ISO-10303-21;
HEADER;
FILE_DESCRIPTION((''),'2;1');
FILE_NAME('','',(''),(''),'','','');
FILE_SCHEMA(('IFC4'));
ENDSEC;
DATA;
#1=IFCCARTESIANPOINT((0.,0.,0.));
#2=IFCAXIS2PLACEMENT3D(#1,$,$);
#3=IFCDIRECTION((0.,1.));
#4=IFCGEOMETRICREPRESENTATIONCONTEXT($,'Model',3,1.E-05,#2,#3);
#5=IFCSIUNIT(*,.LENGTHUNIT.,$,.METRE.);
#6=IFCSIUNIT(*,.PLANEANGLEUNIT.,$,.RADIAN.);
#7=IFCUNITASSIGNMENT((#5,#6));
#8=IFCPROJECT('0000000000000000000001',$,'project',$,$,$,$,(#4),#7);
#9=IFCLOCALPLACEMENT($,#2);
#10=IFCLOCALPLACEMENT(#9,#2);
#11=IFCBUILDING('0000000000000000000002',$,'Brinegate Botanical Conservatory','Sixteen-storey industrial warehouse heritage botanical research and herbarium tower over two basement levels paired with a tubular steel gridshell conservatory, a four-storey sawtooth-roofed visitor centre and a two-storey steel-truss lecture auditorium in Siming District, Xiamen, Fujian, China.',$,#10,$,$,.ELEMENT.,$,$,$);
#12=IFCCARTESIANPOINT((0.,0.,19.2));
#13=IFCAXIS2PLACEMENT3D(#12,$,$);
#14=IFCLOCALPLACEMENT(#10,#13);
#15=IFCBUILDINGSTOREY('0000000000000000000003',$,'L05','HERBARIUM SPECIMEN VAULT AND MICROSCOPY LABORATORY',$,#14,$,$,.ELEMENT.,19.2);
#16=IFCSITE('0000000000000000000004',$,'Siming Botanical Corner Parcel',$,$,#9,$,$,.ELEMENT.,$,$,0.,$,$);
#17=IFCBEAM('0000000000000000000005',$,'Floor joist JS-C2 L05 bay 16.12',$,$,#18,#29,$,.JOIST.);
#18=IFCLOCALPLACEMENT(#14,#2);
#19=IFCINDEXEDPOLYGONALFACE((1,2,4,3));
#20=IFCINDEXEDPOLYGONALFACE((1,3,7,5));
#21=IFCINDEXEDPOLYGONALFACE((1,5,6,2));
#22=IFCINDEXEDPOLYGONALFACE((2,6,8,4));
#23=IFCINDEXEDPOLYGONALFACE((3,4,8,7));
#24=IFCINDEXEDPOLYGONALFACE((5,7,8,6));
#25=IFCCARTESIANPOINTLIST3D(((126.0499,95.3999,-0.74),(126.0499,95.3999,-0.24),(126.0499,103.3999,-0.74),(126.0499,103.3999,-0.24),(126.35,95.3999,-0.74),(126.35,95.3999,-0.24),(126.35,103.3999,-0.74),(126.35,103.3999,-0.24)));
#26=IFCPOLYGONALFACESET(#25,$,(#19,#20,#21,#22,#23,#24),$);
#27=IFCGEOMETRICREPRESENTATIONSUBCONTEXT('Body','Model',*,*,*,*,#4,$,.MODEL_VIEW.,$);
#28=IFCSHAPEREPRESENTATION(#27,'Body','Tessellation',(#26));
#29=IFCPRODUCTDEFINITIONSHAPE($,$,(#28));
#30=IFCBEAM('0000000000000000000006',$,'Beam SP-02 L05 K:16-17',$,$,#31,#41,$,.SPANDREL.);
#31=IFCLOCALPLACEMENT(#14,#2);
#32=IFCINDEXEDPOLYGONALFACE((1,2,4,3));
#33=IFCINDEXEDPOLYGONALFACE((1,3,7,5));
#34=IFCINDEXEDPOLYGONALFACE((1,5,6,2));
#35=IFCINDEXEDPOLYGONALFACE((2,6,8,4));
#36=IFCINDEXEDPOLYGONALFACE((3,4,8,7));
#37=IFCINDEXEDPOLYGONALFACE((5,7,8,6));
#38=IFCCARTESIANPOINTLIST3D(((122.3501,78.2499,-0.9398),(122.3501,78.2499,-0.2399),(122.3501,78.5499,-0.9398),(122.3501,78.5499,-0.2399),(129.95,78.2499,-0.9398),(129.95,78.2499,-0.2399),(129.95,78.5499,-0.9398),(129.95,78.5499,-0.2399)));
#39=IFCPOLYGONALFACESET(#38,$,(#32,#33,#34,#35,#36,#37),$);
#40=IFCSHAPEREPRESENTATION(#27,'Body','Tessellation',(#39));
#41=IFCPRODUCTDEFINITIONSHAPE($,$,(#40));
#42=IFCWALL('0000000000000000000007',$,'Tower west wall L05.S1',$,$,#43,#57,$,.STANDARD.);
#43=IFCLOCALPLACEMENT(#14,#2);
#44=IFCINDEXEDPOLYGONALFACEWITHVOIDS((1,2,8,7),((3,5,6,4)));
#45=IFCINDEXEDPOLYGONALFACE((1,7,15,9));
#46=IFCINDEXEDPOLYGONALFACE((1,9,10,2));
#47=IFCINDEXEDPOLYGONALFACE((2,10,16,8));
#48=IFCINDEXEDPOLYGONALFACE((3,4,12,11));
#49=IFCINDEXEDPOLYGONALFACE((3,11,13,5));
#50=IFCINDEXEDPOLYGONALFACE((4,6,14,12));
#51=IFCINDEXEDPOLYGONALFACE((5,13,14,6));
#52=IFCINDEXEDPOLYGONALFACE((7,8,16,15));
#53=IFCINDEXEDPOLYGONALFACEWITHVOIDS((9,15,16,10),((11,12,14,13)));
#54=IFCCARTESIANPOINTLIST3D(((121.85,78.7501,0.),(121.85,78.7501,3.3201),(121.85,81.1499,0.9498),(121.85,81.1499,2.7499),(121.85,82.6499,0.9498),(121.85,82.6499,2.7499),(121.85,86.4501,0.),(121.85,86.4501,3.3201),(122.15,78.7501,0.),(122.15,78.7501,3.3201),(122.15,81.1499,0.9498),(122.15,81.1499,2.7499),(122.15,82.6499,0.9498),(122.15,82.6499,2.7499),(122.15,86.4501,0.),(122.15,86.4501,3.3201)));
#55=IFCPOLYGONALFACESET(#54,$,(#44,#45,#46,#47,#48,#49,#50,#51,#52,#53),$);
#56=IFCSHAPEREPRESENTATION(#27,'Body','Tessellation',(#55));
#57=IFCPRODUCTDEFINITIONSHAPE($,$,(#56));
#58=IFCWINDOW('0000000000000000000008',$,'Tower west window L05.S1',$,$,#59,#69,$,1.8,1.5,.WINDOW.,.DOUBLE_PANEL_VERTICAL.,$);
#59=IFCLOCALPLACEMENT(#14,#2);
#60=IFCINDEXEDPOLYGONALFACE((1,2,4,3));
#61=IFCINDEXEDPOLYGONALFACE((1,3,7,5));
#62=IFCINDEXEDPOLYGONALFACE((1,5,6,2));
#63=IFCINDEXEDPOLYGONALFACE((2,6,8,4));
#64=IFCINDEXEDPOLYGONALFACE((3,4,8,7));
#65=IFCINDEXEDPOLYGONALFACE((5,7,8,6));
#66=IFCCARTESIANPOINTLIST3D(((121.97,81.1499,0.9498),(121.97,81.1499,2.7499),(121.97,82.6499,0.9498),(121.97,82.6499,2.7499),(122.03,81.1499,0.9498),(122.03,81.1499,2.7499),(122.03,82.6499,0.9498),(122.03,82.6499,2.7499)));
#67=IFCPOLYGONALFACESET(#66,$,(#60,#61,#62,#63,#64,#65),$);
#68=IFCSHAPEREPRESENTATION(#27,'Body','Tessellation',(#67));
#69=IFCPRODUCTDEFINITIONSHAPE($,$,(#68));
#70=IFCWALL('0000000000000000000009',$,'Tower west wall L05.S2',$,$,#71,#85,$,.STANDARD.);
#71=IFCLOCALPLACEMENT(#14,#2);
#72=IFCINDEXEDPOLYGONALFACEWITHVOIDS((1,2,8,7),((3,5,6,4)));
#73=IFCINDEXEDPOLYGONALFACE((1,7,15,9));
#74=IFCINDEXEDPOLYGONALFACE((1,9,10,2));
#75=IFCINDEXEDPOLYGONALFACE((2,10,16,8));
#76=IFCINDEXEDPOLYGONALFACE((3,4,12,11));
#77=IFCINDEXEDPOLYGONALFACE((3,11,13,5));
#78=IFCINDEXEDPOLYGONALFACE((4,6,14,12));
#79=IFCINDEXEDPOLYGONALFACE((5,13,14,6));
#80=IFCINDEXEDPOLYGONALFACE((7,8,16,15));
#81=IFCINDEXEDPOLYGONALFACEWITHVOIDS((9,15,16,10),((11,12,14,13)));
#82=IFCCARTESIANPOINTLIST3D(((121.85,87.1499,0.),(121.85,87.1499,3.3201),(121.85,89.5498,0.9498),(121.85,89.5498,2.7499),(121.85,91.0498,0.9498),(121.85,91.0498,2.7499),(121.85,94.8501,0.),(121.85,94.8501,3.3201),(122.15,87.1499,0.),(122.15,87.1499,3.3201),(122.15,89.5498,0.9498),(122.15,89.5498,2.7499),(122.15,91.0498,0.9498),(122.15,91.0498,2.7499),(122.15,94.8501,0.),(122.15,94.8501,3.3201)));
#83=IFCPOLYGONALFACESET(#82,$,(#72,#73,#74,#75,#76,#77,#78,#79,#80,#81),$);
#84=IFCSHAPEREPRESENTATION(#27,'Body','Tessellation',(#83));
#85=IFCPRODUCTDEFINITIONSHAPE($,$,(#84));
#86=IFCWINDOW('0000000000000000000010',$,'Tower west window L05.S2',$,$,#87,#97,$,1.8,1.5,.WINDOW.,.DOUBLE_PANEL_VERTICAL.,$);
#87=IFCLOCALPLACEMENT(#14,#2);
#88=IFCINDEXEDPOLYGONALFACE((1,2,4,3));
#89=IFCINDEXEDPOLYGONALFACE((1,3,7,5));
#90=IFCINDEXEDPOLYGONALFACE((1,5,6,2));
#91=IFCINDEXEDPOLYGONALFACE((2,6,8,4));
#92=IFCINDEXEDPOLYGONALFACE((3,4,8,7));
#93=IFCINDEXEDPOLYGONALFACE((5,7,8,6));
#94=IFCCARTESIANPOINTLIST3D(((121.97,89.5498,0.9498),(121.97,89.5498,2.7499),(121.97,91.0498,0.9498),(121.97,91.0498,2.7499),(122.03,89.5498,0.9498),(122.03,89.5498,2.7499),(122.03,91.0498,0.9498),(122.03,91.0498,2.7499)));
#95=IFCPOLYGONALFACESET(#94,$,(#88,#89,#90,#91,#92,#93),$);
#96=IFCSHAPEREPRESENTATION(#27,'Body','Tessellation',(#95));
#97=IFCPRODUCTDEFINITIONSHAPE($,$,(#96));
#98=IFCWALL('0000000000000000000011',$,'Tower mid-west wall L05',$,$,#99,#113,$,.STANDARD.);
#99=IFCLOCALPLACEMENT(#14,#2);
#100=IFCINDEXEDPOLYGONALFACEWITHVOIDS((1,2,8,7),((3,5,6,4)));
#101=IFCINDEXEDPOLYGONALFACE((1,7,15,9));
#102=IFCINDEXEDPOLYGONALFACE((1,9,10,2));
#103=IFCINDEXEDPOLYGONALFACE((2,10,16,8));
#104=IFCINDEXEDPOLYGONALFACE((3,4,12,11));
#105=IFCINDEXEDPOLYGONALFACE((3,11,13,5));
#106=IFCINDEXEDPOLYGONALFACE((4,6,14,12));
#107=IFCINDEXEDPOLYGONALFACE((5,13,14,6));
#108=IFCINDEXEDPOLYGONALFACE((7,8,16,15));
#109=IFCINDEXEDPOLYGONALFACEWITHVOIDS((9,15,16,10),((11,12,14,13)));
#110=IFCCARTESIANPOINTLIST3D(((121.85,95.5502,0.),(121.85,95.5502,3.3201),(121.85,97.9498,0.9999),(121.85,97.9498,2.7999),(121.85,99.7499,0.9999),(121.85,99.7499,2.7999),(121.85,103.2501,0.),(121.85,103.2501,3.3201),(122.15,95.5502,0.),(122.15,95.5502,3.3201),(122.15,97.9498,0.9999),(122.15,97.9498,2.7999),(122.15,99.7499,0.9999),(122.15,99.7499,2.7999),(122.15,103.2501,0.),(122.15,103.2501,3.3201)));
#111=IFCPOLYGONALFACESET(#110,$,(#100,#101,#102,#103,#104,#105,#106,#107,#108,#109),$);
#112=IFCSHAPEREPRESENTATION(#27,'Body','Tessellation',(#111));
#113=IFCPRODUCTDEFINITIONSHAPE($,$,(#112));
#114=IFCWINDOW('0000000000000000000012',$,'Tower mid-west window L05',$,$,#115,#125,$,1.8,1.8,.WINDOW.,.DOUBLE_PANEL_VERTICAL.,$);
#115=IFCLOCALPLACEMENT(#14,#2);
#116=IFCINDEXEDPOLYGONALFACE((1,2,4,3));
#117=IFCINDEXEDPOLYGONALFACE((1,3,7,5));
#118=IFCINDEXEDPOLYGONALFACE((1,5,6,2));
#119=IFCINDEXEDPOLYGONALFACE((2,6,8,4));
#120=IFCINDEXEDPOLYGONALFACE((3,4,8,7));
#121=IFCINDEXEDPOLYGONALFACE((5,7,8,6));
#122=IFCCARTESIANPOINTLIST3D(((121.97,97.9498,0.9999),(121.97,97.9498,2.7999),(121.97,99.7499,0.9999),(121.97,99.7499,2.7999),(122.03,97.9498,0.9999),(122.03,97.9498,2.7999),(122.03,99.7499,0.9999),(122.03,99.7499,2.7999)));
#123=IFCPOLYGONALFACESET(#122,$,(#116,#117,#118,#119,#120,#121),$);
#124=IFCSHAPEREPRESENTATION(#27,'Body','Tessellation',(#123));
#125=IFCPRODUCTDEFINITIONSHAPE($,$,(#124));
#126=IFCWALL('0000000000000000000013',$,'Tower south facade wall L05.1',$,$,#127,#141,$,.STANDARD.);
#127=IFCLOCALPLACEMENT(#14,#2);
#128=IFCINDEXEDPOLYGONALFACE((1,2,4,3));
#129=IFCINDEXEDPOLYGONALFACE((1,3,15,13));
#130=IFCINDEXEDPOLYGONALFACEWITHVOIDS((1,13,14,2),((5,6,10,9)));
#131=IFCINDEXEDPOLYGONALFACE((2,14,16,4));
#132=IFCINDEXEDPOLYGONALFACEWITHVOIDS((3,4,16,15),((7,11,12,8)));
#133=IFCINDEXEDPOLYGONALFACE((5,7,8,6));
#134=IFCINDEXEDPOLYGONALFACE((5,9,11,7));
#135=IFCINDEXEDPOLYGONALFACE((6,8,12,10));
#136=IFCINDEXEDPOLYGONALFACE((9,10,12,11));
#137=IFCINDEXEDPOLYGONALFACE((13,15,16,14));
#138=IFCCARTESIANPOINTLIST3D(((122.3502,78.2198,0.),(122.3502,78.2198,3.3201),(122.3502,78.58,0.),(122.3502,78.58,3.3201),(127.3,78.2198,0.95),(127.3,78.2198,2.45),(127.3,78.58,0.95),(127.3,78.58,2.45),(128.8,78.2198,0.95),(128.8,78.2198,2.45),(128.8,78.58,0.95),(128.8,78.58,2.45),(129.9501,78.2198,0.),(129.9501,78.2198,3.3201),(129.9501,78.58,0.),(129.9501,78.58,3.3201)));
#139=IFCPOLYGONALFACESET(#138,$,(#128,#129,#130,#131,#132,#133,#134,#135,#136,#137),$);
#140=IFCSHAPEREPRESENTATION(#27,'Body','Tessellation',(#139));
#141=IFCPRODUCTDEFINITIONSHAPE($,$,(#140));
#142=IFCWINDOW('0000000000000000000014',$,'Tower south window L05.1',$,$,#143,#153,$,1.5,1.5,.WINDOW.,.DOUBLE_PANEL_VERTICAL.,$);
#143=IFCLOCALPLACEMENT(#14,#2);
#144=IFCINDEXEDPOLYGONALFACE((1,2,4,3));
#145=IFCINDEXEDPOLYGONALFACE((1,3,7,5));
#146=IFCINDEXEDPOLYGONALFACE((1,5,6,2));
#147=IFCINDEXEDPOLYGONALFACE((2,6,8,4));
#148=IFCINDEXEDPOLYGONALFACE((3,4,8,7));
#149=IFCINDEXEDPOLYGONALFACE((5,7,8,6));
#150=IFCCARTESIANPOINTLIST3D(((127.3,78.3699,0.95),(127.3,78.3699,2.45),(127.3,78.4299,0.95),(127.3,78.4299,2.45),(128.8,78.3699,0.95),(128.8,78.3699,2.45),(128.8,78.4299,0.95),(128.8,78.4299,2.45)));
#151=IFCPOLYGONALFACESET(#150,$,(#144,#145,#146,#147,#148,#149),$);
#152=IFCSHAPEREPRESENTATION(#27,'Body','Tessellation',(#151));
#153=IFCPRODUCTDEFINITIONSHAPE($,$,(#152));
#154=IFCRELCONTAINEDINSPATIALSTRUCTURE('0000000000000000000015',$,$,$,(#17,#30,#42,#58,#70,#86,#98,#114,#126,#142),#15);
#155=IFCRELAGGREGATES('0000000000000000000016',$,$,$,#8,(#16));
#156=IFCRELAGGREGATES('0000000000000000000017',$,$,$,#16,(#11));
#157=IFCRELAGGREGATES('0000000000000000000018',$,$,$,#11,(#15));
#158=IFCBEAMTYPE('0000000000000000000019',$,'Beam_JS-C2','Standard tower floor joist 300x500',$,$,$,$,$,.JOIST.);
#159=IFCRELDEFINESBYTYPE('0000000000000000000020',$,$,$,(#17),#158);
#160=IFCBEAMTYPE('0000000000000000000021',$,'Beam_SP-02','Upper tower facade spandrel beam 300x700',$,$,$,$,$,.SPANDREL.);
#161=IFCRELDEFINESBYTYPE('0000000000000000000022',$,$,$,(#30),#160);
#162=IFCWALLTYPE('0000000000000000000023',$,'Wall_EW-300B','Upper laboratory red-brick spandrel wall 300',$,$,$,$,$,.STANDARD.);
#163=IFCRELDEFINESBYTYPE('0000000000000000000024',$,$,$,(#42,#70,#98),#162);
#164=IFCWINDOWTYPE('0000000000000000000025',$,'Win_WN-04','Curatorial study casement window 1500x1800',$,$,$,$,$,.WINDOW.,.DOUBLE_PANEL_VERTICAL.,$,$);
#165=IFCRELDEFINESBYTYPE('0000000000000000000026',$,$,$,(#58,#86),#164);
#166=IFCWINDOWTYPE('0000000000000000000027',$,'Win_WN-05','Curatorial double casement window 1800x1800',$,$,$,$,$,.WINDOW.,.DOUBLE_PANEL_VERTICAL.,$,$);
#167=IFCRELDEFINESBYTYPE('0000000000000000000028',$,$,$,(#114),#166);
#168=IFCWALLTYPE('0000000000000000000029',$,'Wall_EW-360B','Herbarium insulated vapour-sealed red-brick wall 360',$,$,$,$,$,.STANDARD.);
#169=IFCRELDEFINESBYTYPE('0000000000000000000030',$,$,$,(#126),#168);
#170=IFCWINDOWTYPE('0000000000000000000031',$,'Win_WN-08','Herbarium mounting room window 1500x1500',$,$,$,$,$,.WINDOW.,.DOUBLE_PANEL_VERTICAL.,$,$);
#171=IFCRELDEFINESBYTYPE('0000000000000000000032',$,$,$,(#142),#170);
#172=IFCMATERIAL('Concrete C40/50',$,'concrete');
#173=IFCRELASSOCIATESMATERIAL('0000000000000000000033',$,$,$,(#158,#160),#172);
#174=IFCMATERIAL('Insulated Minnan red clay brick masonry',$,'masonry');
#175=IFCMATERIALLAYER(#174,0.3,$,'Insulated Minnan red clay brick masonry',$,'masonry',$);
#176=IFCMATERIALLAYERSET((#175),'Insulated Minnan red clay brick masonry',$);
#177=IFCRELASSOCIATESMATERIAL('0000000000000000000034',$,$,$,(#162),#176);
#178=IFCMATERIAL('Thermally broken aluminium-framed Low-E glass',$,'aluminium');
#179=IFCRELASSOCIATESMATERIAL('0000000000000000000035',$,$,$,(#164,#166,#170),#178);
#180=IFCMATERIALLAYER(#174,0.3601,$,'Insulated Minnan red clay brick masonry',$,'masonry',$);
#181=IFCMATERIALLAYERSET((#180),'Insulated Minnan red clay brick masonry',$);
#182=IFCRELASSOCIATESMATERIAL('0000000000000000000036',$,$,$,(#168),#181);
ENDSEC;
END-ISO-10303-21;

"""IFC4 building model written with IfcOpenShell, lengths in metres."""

from ifc_helpers import new_model, si_unit, direction, frame, frame_2d, origin, origin_2d, place, context, subcontext, project, spatial, rectangle, extrude, material, layer, layer_set, material_profile, profile_set, type_object, element, fill, save


model = new_model("IFC4")

# Units and contexts
model_context = context("Model", 3, precision=1e-05, world=origin(), true_north=direction((0.0, 1.0)))
body_context = subcontext(model_context, "Body", "Model", "MODEL_VIEW")
ifc_project = project(units=[si_unit("LENGTHUNIT", "METRE"), si_unit("PLANEANGLEUNIT", "RADIAN")], contexts=[model_context])

# Site, building, storey
site_placement = place(None, origin())
site = spatial("IfcSite", under=ifc_project, at=site_placement, Name="Siming Botanical Corner Parcel", CompositionType="ELEMENT", RefElevation=0.0)
building_placement = place(site_placement, origin())
building = spatial("IfcBuilding", under=site, at=building_placement, Name="Brinegate Botanical Conservatory", Description="Sixteen-storey industrial warehouse heritage botanical research and herbarium tower over two basement levels paired with a tubular steel gridshell conservatory, a four-storey sawtooth-roofed visitor centre and a two-storey steel-truss lecture auditorium in Siming District, Xiamen, Fujian, China.", CompositionType="ELEMENT")
storey_placement = place(building_placement, frame((0.0, 0.0, 19.2)))
storey = spatial("IfcBuildingStorey", under=building, at=storey_placement, Name="L05", Description="HERBARIUM SPECIMEN VAULT AND MICROSCOPY LABORATORY", CompositionType="ELEMENT", Elevation=19.2)

# Beams
ifc_material_1 = material(Name="Concrete C40/50", Category="concrete")
ifc_material_profile_1 = material_profile(ifc_material_1, rectangle(XDim=0.3, YDim=0.5, at=origin_2d()), Name="RC JST 300x500")
ifc_profile_set_1 = profile_set([ifc_material_profile_1], Name="Concrete C40/50")
beam_type_1 = type_object("IfcBeamType", Name="Beam_JS-C2", Description="Standard tower floor joist 300x500", PredefinedType="JOIST", material=ifc_profile_set_1)
for number, where, z_axis, x_axis, name in (
    (1, (126.2, 95.3999, -0.49), (0.0, 1.0, 0.0), (-1.0, 0.0, 0.0), "Floor joist JS-C2 L05 bay 16.12"),
):
    element("IfcBeam", number, at=place(storey_placement, frame(where, z_axis=z_axis, x_axis=x_axis)), inside=storey, type_object=beam_type_1, Name=name, PredefinedType="JOIST", context=body_context, shape_type="SweptSolid", body=[
        extrude(rectangle(XDim=0.3, YDim=0.5, at=origin_2d()), origin(), (0.0, 0.0, 1.0), 8.0),
    ])
ifc_material_profile_2 = material_profile(ifc_material_1, rectangle(XDim=0.3, YDim=0.7, at=origin_2d()), Name="RC SPN 300x700")
ifc_profile_set_2 = profile_set([ifc_material_profile_2], Name="Concrete C40/50")
beam_type_2 = type_object("IfcBeamType", Name="Beam_SP-02", Description="Upper tower facade spandrel beam 300x700", PredefinedType="SPANDREL", material=ifc_profile_set_2)
beam_1_placement = place(storey_placement, frame((122.3501, 78.3999, -0.5898), z_axis=(1.0, 0.0, 0.0), x_axis=(0.0, 1.0, 0.0)))
element("IfcBeam", 2, at=beam_1_placement, inside=storey, type_object=beam_type_2, Name="Beam SP-02 L05 K:16-17", PredefinedType="SPANDREL", context=body_context, shape_type="SweptSolid", body=[
    extrude(rectangle(XDim=0.3, YDim=0.7, at=origin_2d()), origin(), (0.0, 0.0, 1.0), 7.5999),
])

# Walls, openings, windows
ifc_material_2 = material(Name="Insulated Minnan red clay brick masonry", Category="masonry")
ifc_layer_1 = layer(ifc_material_2, 0.3, Name="Insulated Minnan red clay brick masonry", Category="masonry")
ifc_layer_set_1 = layer_set([ifc_layer_1], Name="Insulated Minnan red clay brick masonry")
wall_type_1 = type_object("IfcWallType", Name="Wall_EW-300B", Description="Upper laboratory red-brick spandrel wall 300", PredefinedType="STANDARD", material=ifc_layer_set_1)
wall_1_placement = place(storey_placement, frame((122.0, 78.75, 0.0), z_axis=(0.0, 0.0, 1.0), x_axis=(0.0, 1.0, 0.0)))
wall_1 = element("IfcWall", 3, at=wall_1_placement, inside=storey, type_object=wall_type_1, Name="Tower west wall L05.S1", PredefinedType="STANDARD", context=body_context, shape_type="SweptSolid", body=[
    extrude(rectangle(XDim=7.7, YDim=0.3, at=frame_2d((3.8501, 0.0))), origin(), (0.0, 0.0, 1.0), 3.3201),
])
opening_1_placement = place(wall_1_placement, frame((2.3999, 0.0, 0.95)))
opening_1 = element("IfcOpeningElement", 4, at=opening_1_placement, cuts=wall_1, PredefinedType="OPENING", context=body_context, shape_type="SweptSolid", body=[
    extrude(rectangle(XDim=1.5, YDim=1.8, at=frame_2d((0.75, 0.8999))), frame((0.0, 0.1599, 0.0), z_axis=(0.0, -1.0, 0.0), x_axis=(1.0, 0.0, 0.0)), (0.0, 0.0, 1.0), 0.3201),
])
ifc_material_3 = material(Name="Thermally broken aluminium-framed Low-E glass", Category="aluminium")
window_type_1 = type_object("IfcWindowType", Name="Win_WN-04", Description="Curatorial study casement window 1500x1800", PartitioningType="DOUBLE_PANEL_VERTICAL", PredefinedType="WINDOW", material=ifc_material_3)
window_1_placement = place(opening_1_placement, origin())
window_1 = element("IfcWindow", 5, at=window_1_placement, inside=storey, type_object=window_type_1, Name="Tower west window L05.S1", OverallHeight=1.8, OverallWidth=1.5, PartitioningType="DOUBLE_PANEL_VERTICAL", PredefinedType="WINDOW", context=body_context, shape_type="SweptSolid", body=[
    extrude(rectangle(XDim=1.5, YDim=1.8, at=frame_2d((0.75, 0.8999))), frame((0.0, 0.03, 0.0), z_axis=(0.0, -1.0, 0.0), x_axis=(1.0, 0.0, 0.0)), (0.0, 0.0, 1.0), 0.0601),
])
fill(opening_1, window_1)
wall_2_placement = place(storey_placement, frame((122.0, 87.1499, 0.0), z_axis=(0.0, 0.0, 1.0), x_axis=(0.0, 1.0, 0.0)))
wall_2 = element("IfcWall", 6, at=wall_2_placement, inside=storey, type_object=wall_type_1, Name="Tower west wall L05.S2", PredefinedType="STANDARD", context=body_context, shape_type="SweptSolid", body=[
    extrude(rectangle(XDim=7.7002, YDim=0.3, at=frame_2d((3.8501, 0.0))), origin(), (0.0, 0.0, 1.0), 3.3201),
])
opening_2_placement = place(wall_2_placement, frame((2.3999, 0.0, 0.95)))
opening_2 = element("IfcOpeningElement", 7, at=opening_2_placement, cuts=wall_2, PredefinedType="OPENING", context=body_context, shape_type="SweptSolid", body=[
    extrude(rectangle(XDim=1.5, YDim=1.8, at=frame_2d((0.75, 0.8999))), frame((0.0, 0.1599, 0.0), z_axis=(0.0, -1.0, 0.0), x_axis=(1.0, 0.0, 0.0)), (0.0, 0.0, 1.0), 0.3201),
])
window_2_placement = place(opening_2_placement, origin())
window_2 = element("IfcWindow", 8, at=window_2_placement, inside=storey, type_object=window_type_1, Name="Tower west window L05.S2", OverallHeight=1.8, OverallWidth=1.5, PartitioningType="DOUBLE_PANEL_VERTICAL", PredefinedType="WINDOW", context=body_context, shape_type="SweptSolid", body=[
    extrude(rectangle(XDim=1.5, YDim=1.8, at=frame_2d((0.75, 0.8999))), frame((0.0, 0.03, 0.0), z_axis=(0.0, -1.0, 0.0), x_axis=(1.0, 0.0, 0.0)), (0.0, 0.0, 1.0), 0.0601),
])
fill(opening_2, window_2)
wall_3_placement = place(storey_placement, frame((122.0, 95.55, 0.0), z_axis=(0.0, 0.0, 1.0), x_axis=(0.0, 1.0, 0.0)))
wall_3 = element("IfcWall", 9, at=wall_3_placement, inside=storey, type_object=wall_type_1, Name="Tower mid-west wall L05", PredefinedType="STANDARD", context=body_context, shape_type="SweptSolid", body=[
    extrude(rectangle(XDim=7.7, YDim=0.3, at=frame_2d((3.8501, 0.0))), origin(), (0.0, 0.0, 1.0), 3.3201),
])
opening_3_placement = place(wall_3_placement, frame((2.3999, 0.0, 1.0)))
opening_3 = element("IfcOpeningElement", 10, at=opening_3_placement, cuts=wall_3, PredefinedType="OPENING", context=body_context, shape_type="SweptSolid", body=[
    extrude(rectangle(XDim=1.8, YDim=1.8, at=frame_2d((0.8999, 0.8999))), frame((0.0, 0.1599, 0.0), z_axis=(0.0, -1.0, 0.0), x_axis=(1.0, 0.0, 0.0)), (0.0, 0.0, 1.0), 0.3201),
])
window_type_2 = type_object("IfcWindowType", Name="Win_WN-05", Description="Curatorial double casement window 1800x1800", PartitioningType="DOUBLE_PANEL_VERTICAL", PredefinedType="WINDOW", material=ifc_material_3)
window_3_placement = place(opening_3_placement, origin())
window_3 = element("IfcWindow", 11, at=window_3_placement, inside=storey, type_object=window_type_2, Name="Tower mid-west window L05", OverallHeight=1.8, OverallWidth=1.8, PartitioningType="DOUBLE_PANEL_VERTICAL", PredefinedType="WINDOW", context=body_context, shape_type="SweptSolid", body=[
    extrude(rectangle(XDim=1.8, YDim=1.8, at=frame_2d((0.8999, 0.8999))), frame((0.0, 0.03, 0.0), z_axis=(0.0, -1.0, 0.0), x_axis=(1.0, 0.0, 0.0)), (0.0, 0.0, 1.0), 0.0601),
])
fill(opening_3, window_3)
ifc_layer_2 = layer(ifc_material_2, 0.3601, Name="Insulated Minnan red clay brick masonry", Category="masonry")
ifc_layer_set_2 = layer_set([ifc_layer_2], Name="Insulated Minnan red clay brick masonry")
wall_type_2 = type_object("IfcWallType", Name="Wall_EW-360B", Description="Herbarium insulated vapour-sealed red-brick wall 360", PredefinedType="STANDARD", material=ifc_layer_set_2)
wall_4_placement = place(storey_placement, frame((129.95, 78.3999, 0.0), z_axis=(0.0, 0.0, 1.0), x_axis=(-1.0, 0.0, 0.0)))
wall_4 = element("IfcWall", 12, at=wall_4_placement, inside=storey, type_object=wall_type_2, Name="Tower south facade wall L05.1", PredefinedType="STANDARD", context=body_context, shape_type="SweptSolid", body=[
    extrude(rectangle(XDim=7.5999, YDim=0.3601, at=frame_2d((3.7998, 0.0))), origin(), (0.0, 0.0, 1.0), 3.3201),
])
opening_4_placement = place(wall_4_placement, frame((1.1499, 0.0, 0.95)))
opening_4 = element("IfcOpeningElement", 13, at=opening_4_placement, cuts=wall_4, PredefinedType="OPENING", context=body_context, shape_type="SweptSolid", body=[
    extrude(rectangle(XDim=1.5, YDim=1.5, at=frame_2d((0.75, 0.75))), frame((0.0, 0.1899, 0.0), z_axis=(0.0, -1.0, 0.0), x_axis=(1.0, 0.0, 0.0)), (0.0, 0.0, 1.0), 0.3801),
])
window_type_3 = type_object("IfcWindowType", Name="Win_WN-08", Description="Herbarium mounting room window 1500x1500", PartitioningType="DOUBLE_PANEL_VERTICAL", PredefinedType="WINDOW", material=ifc_material_3)
window_4_placement = place(opening_4_placement, origin())
window_4 = element("IfcWindow", 14, at=window_4_placement, inside=storey, type_object=window_type_3, Name="Tower south window L05.1", OverallHeight=1.5, OverallWidth=1.5, PartitioningType="DOUBLE_PANEL_VERTICAL", PredefinedType="WINDOW", context=body_context, shape_type="SweptSolid", body=[
    extrude(rectangle(XDim=1.5, YDim=1.5, at=frame_2d((0.75, 0.75))), frame((0.0, 0.03, 0.0), z_axis=(0.0, -1.0, 0.0), x_axis=(1.0, 0.0, 0.0)), (0.0, 0.0, 1.0), 0.0601),
])
fill(opening_4, window_4)

save(model, "model.ifc")
